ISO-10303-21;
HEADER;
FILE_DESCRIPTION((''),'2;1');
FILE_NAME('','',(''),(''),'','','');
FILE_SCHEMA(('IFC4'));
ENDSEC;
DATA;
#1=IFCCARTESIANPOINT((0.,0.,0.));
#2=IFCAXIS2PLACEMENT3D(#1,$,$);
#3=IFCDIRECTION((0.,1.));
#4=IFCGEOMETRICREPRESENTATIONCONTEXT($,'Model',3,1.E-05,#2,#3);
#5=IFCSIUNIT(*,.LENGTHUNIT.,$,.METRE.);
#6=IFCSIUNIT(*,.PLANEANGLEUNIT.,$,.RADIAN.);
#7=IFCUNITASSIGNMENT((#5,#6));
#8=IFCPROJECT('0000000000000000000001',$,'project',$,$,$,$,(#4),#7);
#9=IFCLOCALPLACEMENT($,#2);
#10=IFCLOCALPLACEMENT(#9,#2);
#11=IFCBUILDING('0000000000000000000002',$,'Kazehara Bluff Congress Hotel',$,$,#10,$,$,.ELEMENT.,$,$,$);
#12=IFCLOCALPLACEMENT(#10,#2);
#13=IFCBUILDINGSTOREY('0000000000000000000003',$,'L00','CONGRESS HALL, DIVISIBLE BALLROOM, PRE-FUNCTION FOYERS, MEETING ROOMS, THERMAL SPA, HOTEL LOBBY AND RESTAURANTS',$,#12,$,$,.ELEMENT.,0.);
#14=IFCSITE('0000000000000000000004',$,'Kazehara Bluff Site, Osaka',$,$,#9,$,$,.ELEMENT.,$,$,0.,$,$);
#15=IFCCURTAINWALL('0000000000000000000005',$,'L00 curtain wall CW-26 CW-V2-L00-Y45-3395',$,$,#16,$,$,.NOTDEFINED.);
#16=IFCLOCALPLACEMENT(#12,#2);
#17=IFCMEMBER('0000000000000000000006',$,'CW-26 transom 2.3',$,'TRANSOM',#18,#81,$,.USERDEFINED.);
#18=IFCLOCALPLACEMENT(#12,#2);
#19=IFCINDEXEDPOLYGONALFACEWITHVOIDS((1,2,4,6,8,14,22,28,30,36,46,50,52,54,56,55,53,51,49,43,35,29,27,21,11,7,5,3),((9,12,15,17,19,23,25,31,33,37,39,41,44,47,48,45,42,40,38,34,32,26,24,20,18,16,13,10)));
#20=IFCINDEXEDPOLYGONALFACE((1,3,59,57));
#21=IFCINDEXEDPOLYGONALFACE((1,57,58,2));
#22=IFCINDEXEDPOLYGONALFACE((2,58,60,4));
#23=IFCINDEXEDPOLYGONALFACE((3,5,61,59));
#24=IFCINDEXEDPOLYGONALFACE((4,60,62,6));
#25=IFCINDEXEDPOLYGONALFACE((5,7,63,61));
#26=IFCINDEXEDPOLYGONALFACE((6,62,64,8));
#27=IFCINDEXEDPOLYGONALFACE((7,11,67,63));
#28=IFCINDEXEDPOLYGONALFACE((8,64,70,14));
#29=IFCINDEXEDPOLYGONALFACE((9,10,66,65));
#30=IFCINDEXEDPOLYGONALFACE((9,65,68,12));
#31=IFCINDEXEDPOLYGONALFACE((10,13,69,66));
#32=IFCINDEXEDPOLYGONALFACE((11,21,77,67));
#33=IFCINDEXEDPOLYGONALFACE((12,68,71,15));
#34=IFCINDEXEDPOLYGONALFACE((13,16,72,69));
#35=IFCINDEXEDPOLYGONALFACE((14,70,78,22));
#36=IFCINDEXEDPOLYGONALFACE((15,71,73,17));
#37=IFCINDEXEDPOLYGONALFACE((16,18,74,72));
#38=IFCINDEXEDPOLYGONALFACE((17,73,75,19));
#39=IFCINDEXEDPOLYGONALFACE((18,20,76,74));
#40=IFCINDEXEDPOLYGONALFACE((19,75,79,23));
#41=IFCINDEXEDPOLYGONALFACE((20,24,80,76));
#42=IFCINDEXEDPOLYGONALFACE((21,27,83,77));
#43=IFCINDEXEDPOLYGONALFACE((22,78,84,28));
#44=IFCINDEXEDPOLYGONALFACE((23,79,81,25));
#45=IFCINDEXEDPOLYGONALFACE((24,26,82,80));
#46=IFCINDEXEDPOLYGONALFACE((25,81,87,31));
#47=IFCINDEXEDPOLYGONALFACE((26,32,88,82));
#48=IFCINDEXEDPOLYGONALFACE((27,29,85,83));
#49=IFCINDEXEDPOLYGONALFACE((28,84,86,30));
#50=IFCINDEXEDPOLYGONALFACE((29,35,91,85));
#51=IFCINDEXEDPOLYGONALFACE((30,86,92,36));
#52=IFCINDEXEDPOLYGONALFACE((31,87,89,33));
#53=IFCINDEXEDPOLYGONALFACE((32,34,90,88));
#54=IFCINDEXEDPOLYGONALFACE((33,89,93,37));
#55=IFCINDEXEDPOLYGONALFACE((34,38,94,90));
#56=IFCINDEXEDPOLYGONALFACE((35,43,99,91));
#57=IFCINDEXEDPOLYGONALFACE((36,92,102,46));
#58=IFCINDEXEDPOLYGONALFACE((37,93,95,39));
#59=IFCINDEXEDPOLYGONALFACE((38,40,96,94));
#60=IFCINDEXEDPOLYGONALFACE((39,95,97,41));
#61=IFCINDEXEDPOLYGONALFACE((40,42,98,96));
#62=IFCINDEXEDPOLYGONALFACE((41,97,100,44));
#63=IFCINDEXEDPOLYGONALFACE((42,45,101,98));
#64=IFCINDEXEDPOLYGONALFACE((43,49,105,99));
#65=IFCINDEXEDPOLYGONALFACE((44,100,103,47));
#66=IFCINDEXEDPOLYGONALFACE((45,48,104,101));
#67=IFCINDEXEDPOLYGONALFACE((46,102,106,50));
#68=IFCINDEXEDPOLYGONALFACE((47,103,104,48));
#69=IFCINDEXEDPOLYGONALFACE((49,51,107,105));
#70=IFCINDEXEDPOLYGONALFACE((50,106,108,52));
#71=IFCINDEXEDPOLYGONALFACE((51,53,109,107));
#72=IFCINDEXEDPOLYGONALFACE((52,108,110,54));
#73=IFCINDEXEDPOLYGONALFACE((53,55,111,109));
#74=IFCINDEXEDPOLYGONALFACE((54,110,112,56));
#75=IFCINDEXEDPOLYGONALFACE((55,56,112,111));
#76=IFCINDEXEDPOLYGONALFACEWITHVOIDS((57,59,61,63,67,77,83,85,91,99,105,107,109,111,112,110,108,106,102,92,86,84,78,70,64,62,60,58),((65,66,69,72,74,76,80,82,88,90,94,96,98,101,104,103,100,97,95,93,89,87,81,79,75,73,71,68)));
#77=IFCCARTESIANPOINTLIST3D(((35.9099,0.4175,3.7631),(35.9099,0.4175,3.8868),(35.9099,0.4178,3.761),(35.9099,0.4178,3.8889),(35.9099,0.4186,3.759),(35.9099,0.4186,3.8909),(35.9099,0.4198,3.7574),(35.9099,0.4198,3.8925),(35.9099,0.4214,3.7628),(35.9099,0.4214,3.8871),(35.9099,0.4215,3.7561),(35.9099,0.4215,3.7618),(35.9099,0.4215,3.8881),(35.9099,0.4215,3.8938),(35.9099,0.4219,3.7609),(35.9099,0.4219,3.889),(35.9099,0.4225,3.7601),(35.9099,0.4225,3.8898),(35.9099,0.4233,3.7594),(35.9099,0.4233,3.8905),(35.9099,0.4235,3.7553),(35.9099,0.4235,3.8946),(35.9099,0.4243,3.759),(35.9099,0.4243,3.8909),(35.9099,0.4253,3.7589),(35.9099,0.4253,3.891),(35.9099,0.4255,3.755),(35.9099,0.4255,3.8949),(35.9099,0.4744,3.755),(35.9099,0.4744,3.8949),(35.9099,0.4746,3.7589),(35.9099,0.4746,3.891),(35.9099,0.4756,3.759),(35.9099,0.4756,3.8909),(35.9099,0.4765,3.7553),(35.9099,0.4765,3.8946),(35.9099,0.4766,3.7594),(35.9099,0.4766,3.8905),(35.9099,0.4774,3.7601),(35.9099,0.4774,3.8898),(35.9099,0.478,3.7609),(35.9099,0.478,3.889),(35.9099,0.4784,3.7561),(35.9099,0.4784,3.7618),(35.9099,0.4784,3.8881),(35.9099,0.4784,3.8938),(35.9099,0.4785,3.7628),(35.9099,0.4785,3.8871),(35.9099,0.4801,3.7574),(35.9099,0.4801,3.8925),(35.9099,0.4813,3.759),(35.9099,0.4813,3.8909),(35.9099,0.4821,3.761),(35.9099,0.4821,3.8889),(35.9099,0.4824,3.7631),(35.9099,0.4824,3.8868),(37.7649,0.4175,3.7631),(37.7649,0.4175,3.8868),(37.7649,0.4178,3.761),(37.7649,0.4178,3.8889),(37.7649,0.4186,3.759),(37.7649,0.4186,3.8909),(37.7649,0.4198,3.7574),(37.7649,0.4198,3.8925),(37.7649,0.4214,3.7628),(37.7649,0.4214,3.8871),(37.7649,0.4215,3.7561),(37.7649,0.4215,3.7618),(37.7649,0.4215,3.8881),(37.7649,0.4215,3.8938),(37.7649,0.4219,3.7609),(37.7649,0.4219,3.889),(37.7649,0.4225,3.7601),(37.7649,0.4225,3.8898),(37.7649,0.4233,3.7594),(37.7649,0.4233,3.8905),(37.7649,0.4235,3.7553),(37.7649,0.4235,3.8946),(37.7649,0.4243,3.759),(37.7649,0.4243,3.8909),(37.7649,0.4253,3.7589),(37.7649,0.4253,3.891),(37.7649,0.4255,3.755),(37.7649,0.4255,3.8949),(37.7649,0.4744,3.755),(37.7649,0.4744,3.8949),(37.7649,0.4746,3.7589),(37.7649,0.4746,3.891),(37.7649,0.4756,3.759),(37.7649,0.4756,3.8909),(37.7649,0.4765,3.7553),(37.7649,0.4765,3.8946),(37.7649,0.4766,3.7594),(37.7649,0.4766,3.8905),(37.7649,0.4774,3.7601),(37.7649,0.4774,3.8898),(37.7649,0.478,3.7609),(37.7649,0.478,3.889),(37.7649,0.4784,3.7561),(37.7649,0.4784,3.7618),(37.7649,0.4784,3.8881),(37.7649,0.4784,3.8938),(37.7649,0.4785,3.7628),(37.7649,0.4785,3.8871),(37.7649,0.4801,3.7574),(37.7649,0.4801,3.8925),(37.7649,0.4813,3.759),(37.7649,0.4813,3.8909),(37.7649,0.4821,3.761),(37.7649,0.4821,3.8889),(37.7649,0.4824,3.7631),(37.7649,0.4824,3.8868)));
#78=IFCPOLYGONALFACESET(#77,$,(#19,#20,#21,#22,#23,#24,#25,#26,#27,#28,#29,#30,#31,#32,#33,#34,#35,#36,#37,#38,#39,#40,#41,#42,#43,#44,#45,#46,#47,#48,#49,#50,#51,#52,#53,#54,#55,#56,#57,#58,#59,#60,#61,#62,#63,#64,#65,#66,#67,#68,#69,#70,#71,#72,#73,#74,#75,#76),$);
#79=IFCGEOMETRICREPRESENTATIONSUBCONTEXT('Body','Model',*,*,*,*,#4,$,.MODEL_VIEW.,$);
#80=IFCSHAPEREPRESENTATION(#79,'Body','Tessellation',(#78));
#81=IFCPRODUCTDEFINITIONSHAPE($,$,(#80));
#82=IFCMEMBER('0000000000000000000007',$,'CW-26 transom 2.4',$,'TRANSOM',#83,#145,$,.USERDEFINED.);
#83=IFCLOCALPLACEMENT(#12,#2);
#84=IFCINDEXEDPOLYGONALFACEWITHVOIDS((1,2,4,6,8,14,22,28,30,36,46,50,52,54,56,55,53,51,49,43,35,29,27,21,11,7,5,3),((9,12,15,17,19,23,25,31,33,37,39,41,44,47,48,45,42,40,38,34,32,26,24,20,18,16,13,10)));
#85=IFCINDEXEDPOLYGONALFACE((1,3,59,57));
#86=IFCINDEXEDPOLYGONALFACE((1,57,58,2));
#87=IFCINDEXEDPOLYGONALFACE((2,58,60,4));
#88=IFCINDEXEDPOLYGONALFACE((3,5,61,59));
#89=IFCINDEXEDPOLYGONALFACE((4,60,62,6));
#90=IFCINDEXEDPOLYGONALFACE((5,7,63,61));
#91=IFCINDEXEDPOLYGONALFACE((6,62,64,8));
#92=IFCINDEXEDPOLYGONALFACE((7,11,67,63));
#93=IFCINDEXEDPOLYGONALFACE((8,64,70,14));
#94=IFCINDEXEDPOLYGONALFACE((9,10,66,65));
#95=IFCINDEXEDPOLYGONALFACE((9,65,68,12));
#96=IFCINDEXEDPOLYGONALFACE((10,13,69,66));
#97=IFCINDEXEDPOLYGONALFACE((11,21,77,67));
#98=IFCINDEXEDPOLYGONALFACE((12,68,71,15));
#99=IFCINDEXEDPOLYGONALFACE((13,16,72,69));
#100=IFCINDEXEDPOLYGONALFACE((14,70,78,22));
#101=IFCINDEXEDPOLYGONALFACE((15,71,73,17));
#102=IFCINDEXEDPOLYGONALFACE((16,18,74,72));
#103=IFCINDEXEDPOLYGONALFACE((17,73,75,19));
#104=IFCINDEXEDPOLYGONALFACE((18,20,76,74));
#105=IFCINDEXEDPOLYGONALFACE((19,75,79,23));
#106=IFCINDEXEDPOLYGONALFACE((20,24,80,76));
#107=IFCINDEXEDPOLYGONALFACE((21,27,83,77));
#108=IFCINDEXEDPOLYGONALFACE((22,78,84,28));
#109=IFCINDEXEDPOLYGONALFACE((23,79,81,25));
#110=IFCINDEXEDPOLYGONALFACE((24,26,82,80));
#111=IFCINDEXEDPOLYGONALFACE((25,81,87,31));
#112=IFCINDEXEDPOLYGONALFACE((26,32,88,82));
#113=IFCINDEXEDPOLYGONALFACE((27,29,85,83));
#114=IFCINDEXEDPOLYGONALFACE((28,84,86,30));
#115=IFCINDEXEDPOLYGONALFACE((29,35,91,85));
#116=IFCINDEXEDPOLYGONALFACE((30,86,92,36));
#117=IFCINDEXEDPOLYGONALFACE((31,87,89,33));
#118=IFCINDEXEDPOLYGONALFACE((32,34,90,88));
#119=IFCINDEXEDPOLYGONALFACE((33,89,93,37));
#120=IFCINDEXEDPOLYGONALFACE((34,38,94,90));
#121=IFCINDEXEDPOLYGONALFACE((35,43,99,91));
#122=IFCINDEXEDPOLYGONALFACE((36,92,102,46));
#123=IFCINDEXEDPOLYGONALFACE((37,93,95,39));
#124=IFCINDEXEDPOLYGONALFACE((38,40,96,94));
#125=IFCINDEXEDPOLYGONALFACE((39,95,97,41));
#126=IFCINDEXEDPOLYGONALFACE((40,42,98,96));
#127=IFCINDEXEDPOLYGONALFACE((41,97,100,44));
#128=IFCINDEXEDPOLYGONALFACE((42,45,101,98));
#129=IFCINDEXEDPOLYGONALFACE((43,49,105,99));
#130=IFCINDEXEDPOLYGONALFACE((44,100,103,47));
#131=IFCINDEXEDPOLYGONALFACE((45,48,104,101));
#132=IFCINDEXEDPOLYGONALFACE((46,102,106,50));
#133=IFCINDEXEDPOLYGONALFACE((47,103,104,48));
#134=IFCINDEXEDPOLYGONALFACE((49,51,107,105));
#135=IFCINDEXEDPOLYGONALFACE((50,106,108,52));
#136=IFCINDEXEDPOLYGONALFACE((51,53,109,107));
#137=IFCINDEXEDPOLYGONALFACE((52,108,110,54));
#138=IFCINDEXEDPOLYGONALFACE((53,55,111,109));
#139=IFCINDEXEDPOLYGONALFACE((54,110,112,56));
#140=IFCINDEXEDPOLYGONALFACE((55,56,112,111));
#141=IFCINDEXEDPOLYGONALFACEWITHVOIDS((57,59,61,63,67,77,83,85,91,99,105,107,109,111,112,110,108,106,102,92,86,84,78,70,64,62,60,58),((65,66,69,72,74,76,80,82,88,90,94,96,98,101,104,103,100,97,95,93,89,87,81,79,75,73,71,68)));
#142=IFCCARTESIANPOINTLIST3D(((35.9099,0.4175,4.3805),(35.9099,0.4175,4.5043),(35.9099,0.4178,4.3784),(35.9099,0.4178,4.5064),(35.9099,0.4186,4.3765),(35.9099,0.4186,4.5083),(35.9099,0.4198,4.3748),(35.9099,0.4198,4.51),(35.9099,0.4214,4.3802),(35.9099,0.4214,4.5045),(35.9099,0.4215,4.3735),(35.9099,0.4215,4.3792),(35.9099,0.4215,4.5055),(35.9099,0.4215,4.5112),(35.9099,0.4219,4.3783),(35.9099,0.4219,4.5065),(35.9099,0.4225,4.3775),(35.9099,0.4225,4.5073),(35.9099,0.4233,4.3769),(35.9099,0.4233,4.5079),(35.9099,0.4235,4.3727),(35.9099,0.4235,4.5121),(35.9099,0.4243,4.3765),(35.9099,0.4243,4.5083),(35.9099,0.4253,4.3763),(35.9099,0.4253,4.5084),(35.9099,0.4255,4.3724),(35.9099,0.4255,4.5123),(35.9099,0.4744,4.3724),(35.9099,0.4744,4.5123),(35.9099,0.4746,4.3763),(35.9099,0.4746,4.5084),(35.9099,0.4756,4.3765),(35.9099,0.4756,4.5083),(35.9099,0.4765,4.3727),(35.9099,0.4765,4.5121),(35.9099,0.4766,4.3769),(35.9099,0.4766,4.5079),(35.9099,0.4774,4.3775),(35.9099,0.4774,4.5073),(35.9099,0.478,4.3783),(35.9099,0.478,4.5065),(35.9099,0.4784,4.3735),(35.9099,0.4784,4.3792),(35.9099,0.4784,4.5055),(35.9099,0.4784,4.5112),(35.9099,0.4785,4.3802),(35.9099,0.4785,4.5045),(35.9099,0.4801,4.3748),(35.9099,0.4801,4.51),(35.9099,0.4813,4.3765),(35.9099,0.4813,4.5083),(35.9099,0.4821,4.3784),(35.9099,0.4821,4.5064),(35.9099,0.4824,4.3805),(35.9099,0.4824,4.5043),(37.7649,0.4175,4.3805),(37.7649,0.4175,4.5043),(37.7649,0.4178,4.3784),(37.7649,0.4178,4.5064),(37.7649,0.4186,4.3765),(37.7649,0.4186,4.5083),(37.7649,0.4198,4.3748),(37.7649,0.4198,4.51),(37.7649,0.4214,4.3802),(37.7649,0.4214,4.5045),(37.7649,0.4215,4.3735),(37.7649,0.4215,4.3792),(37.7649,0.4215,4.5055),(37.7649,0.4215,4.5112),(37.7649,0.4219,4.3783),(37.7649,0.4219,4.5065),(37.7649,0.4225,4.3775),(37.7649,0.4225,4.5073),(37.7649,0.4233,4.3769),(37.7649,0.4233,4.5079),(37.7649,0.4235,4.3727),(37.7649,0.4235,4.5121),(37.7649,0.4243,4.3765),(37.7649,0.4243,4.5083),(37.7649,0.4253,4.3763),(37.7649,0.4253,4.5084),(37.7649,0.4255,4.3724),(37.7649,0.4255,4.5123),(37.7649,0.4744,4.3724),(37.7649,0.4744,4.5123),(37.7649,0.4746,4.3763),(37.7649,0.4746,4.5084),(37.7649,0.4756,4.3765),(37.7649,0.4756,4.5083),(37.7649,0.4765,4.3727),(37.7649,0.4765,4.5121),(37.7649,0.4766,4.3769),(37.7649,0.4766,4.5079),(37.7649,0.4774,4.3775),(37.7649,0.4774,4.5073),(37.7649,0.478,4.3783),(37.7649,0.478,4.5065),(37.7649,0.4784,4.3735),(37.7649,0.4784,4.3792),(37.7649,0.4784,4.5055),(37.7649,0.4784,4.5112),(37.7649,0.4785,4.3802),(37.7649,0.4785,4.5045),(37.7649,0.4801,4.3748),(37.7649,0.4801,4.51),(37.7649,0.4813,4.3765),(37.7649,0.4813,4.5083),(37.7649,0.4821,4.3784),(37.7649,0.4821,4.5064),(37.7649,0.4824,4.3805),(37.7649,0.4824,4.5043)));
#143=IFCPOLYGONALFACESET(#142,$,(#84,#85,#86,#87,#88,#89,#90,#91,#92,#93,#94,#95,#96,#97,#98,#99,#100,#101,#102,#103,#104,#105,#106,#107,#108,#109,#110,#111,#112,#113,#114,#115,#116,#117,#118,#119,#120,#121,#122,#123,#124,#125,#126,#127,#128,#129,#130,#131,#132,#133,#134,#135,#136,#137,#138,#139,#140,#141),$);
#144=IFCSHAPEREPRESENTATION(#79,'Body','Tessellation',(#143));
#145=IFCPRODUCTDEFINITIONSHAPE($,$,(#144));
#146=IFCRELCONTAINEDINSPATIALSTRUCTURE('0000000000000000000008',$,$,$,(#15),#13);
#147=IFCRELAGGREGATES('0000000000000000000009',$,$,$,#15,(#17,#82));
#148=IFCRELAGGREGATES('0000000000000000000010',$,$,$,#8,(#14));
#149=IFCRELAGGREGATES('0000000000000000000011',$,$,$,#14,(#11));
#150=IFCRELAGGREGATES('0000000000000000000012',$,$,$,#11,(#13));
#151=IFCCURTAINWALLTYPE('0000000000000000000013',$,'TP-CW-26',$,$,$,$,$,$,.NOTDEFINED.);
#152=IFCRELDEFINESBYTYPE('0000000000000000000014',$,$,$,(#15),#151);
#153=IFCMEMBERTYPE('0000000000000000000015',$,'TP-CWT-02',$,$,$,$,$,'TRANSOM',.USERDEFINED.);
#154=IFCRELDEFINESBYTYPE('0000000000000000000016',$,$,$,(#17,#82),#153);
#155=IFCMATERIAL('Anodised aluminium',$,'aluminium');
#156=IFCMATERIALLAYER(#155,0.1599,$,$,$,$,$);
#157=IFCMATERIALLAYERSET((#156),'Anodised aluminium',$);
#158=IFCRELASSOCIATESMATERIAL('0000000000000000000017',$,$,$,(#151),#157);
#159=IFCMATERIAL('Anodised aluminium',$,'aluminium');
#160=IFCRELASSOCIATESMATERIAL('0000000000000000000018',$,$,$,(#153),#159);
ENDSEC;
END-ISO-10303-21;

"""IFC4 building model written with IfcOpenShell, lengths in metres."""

from ifc_helpers import new_model, si_unit, direction, frame, origin, origin_2d, place, context, subcontext, project, spatial, hollow_rectangle, extrude, material, layer, layer_set, material_profile, profile_set, type_object, element, aggregate, save


model = new_model("IFC4")

# Units and contexts
model_context = context("Model", 3, precision=1e-05, world=origin(), true_north=direction((0.0, 1.0)))
body_context = subcontext(model_context, "Body", "Model", "MODEL_VIEW")
ifc_project = project(units=[si_unit("LENGTHUNIT", "METRE"), si_unit("PLANEANGLEUNIT", "RADIAN")], contexts=[model_context])

# Site, building, storey
site_placement = place(None, origin())
site = spatial("IfcSite", under=ifc_project, at=site_placement, Name="Kazehara Bluff Site, Osaka", CompositionType="ELEMENT", RefElevation=0.0)
building_placement = place(site_placement, origin())
building = spatial("IfcBuilding", under=site, at=building_placement, Name="Kazehara Bluff Congress Hotel", CompositionType="ELEMENT")
storey_placement = place(building_placement, origin())
storey = spatial("IfcBuildingStorey", under=building, at=storey_placement, Name="L00", Description="CONGRESS HALL, DIVISIBLE BALLROOM, PRE-FUNCTION FOYERS, MEETING ROOMS, THERMAL SPA, HOTEL LOBBY AND RESTAURANTS", CompositionType="ELEMENT", Elevation=0.0)

# Shared definitions
ifc_material_1 = material(Name="Anodised aluminium", Category="aluminium")
ifc_layer_1 = layer(ifc_material_1, 0.1599)
ifc_layer_set_1 = layer_set([ifc_layer_1], Name="Anodised aluminium")
curtain_wall_type = type_object("IfcCurtainWallType", Name="TP-CW-26", PredefinedType="NOTDEFINED", material=ifc_layer_set_1)

# Curtain wall, members
curtain_wall_1_placement = place(storey_placement, origin())
curtain_wall_1 = element("IfcCurtainWall", 1, at=curtain_wall_1_placement, inside=storey, type_object=curtain_wall_type, Name="L00 curtain wall CW-26 CW-V2-L00-Y45-3395", PredefinedType="NOTDEFINED")
ifc_material_2 = material(Name="Anodised aluminium", Category="aluminium")
ifc_material_profile_1 = material_profile(ifc_material_2, hollow_rectangle(XDim=0.0649, YDim=0.1399, WallThickness=0.0039, InnerFilletRadius=0.0039, OuterFilletRadius=0.0081, at=origin_2d()))
ifc_profile_set_1 = profile_set([ifc_material_profile_1], Name="Anodised aluminium")
member_type_1 = type_object("IfcMemberType", Name="TP-CWT-02", ElementType="TRANSOM", PredefinedType="USERDEFINED", material=ifc_profile_set_1)
member_1_placement = place(storey_placement, frame((35.9099, 0.45, 3.825), z_axis=(1.0, 0.0, 0.0), x_axis=(0.0, 1.0, 0.0)))
member_1 = element("IfcMember", 2, at=member_1_placement, type_object=member_type_1, Name="CW-26 transom 2.3", ObjectType="TRANSOM", PredefinedType="USERDEFINED", context=body_context, shape_type="SweptSolid", body=[
    extrude(hollow_rectangle(XDim=0.0649, YDim=0.1399, WallThickness=0.0039, InnerFilletRadius=0.0039, OuterFilletRadius=0.0081, at=origin_2d()), origin(), (0.0, 0.0, 1.0), 1.855),
])
member_2_placement = place(storey_placement, frame((35.9099, 0.45, 4.4424), z_axis=(1.0, 0.0, 0.0), x_axis=(0.0, 1.0, 0.0)))
member_2 = element("IfcMember", 3, at=member_2_placement, type_object=member_type_1, Name="CW-26 transom 2.4", ObjectType="TRANSOM", PredefinedType="USERDEFINED", context=body_context, shape_type="SweptSolid", body=[
    extrude(hollow_rectangle(XDim=0.0649, YDim=0.1399, WallThickness=0.0039, InnerFilletRadius=0.0039, OuterFilletRadius=0.0081, at=origin_2d()), origin(), (0.0, 0.0, 1.0), 1.855),
])

aggregate(curtain_wall_1, [member_1, member_2])

save(model, "model.ifc")
